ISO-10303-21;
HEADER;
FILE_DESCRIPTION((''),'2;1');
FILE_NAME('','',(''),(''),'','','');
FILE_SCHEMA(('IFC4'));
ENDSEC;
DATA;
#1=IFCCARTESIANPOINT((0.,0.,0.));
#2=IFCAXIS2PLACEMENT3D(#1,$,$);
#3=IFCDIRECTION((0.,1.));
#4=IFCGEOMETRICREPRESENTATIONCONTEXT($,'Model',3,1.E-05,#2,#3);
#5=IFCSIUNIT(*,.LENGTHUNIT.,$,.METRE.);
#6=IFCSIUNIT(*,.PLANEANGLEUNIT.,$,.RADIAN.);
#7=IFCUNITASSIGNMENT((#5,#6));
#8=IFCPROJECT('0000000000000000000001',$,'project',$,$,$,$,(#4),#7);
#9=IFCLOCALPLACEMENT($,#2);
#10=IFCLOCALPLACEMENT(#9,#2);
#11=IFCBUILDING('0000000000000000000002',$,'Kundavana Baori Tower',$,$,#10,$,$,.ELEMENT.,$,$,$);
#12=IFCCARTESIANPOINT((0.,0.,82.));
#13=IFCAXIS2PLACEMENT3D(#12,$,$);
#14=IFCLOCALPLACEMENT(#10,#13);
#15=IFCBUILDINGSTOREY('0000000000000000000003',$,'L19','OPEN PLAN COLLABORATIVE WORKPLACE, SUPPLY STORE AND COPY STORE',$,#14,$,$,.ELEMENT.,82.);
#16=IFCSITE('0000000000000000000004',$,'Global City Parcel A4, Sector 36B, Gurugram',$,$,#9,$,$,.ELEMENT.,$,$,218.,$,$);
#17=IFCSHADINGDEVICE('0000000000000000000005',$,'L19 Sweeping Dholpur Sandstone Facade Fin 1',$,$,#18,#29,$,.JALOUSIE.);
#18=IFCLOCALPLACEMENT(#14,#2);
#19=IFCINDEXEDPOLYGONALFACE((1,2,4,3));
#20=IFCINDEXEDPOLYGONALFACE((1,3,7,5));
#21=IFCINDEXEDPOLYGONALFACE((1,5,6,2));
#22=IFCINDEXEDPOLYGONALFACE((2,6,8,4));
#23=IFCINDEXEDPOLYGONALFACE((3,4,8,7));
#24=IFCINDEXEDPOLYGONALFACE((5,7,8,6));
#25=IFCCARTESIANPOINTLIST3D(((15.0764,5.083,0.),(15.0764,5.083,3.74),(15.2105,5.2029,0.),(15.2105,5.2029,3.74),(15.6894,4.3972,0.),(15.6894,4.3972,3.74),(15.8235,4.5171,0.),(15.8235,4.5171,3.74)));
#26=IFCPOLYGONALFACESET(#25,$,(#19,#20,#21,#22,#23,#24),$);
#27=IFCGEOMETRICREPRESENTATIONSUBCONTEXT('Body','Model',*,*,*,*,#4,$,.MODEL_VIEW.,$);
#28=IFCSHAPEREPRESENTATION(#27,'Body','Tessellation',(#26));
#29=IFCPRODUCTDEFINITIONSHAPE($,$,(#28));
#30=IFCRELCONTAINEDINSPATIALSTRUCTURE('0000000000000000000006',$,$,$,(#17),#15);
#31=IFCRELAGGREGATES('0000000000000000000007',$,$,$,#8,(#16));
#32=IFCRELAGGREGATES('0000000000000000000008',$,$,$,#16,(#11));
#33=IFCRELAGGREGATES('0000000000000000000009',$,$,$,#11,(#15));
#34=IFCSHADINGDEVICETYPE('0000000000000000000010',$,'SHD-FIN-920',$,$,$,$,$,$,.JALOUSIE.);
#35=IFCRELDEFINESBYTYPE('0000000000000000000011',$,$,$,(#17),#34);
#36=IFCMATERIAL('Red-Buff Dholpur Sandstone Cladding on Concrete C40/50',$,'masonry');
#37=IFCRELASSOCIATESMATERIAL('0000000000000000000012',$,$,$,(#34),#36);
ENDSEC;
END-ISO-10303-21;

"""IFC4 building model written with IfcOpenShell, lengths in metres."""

from ifc_helpers import new_model, si_unit, direction, frame, origin, origin_2d, place, context, subcontext, project, spatial, rectangle, extrude, material, type_object, element, save


model = new_model("IFC4")

# Units and contexts
model_context = context("Model", 3, precision=1e-05, world=origin(), true_north=direction((0.0, 1.0)))
body_context = subcontext(model_context, "Body", "Model", "MODEL_VIEW")
ifc_project = project(units=[si_unit("LENGTHUNIT", "METRE"), si_unit("PLANEANGLEUNIT", "RADIAN")], contexts=[model_context])

# Site, building, storey
site_placement = place(None, origin())
site = spatial("IfcSite", under=ifc_project, at=site_placement, Name="Global City Parcel A4, Sector 36B, Gurugram", CompositionType="ELEMENT", RefElevation=218.0)
building_placement = place(site_placement, origin())
building = spatial("IfcBuilding", under=site, at=building_placement, Name="Kundavana Baori Tower", CompositionType="ELEMENT")
storey_placement = place(building_placement, frame((0.0, 0.0, 82.0)))
storey = spatial("IfcBuildingStorey", under=building, at=storey_placement, Name="L19", Description="OPEN PLAN COLLABORATIVE WORKPLACE, SUPPLY STORE AND COPY STORE", CompositionType="ELEMENT", Elevation=82.0)

# Shading device
ifc_material_1 = material(Name="Red-Buff Dholpur Sandstone Cladding on Concrete C40/50", Category="masonry")
shading_device_type = type_object("IfcShadingDeviceType", Name="SHD-FIN-920", PredefinedType="JALOUSIE", material=ifc_material_1)
shading_device_placement = place(storey_placement, frame((15.45, 4.8, 0.0), z_axis=(0.0, 0.0, 1.0), x_axis=(0.745592, 0.666402, 0.0)))
element("IfcShadingDevice", 1, at=shading_device_placement, inside=storey, type_object=shading_device_type, Name="L19 Sweeping Dholpur Sandstone Facade Fin 1", PredefinedType="JALOUSIE", context=body_context, shape_type="SweptSolid", body=[
    extrude(rectangle(XDim=0.1799, YDim=0.9199, at=origin_2d()), origin(), (0.0, 0.0, 1.0), 3.74),
])

save(model, "model.ifc")
